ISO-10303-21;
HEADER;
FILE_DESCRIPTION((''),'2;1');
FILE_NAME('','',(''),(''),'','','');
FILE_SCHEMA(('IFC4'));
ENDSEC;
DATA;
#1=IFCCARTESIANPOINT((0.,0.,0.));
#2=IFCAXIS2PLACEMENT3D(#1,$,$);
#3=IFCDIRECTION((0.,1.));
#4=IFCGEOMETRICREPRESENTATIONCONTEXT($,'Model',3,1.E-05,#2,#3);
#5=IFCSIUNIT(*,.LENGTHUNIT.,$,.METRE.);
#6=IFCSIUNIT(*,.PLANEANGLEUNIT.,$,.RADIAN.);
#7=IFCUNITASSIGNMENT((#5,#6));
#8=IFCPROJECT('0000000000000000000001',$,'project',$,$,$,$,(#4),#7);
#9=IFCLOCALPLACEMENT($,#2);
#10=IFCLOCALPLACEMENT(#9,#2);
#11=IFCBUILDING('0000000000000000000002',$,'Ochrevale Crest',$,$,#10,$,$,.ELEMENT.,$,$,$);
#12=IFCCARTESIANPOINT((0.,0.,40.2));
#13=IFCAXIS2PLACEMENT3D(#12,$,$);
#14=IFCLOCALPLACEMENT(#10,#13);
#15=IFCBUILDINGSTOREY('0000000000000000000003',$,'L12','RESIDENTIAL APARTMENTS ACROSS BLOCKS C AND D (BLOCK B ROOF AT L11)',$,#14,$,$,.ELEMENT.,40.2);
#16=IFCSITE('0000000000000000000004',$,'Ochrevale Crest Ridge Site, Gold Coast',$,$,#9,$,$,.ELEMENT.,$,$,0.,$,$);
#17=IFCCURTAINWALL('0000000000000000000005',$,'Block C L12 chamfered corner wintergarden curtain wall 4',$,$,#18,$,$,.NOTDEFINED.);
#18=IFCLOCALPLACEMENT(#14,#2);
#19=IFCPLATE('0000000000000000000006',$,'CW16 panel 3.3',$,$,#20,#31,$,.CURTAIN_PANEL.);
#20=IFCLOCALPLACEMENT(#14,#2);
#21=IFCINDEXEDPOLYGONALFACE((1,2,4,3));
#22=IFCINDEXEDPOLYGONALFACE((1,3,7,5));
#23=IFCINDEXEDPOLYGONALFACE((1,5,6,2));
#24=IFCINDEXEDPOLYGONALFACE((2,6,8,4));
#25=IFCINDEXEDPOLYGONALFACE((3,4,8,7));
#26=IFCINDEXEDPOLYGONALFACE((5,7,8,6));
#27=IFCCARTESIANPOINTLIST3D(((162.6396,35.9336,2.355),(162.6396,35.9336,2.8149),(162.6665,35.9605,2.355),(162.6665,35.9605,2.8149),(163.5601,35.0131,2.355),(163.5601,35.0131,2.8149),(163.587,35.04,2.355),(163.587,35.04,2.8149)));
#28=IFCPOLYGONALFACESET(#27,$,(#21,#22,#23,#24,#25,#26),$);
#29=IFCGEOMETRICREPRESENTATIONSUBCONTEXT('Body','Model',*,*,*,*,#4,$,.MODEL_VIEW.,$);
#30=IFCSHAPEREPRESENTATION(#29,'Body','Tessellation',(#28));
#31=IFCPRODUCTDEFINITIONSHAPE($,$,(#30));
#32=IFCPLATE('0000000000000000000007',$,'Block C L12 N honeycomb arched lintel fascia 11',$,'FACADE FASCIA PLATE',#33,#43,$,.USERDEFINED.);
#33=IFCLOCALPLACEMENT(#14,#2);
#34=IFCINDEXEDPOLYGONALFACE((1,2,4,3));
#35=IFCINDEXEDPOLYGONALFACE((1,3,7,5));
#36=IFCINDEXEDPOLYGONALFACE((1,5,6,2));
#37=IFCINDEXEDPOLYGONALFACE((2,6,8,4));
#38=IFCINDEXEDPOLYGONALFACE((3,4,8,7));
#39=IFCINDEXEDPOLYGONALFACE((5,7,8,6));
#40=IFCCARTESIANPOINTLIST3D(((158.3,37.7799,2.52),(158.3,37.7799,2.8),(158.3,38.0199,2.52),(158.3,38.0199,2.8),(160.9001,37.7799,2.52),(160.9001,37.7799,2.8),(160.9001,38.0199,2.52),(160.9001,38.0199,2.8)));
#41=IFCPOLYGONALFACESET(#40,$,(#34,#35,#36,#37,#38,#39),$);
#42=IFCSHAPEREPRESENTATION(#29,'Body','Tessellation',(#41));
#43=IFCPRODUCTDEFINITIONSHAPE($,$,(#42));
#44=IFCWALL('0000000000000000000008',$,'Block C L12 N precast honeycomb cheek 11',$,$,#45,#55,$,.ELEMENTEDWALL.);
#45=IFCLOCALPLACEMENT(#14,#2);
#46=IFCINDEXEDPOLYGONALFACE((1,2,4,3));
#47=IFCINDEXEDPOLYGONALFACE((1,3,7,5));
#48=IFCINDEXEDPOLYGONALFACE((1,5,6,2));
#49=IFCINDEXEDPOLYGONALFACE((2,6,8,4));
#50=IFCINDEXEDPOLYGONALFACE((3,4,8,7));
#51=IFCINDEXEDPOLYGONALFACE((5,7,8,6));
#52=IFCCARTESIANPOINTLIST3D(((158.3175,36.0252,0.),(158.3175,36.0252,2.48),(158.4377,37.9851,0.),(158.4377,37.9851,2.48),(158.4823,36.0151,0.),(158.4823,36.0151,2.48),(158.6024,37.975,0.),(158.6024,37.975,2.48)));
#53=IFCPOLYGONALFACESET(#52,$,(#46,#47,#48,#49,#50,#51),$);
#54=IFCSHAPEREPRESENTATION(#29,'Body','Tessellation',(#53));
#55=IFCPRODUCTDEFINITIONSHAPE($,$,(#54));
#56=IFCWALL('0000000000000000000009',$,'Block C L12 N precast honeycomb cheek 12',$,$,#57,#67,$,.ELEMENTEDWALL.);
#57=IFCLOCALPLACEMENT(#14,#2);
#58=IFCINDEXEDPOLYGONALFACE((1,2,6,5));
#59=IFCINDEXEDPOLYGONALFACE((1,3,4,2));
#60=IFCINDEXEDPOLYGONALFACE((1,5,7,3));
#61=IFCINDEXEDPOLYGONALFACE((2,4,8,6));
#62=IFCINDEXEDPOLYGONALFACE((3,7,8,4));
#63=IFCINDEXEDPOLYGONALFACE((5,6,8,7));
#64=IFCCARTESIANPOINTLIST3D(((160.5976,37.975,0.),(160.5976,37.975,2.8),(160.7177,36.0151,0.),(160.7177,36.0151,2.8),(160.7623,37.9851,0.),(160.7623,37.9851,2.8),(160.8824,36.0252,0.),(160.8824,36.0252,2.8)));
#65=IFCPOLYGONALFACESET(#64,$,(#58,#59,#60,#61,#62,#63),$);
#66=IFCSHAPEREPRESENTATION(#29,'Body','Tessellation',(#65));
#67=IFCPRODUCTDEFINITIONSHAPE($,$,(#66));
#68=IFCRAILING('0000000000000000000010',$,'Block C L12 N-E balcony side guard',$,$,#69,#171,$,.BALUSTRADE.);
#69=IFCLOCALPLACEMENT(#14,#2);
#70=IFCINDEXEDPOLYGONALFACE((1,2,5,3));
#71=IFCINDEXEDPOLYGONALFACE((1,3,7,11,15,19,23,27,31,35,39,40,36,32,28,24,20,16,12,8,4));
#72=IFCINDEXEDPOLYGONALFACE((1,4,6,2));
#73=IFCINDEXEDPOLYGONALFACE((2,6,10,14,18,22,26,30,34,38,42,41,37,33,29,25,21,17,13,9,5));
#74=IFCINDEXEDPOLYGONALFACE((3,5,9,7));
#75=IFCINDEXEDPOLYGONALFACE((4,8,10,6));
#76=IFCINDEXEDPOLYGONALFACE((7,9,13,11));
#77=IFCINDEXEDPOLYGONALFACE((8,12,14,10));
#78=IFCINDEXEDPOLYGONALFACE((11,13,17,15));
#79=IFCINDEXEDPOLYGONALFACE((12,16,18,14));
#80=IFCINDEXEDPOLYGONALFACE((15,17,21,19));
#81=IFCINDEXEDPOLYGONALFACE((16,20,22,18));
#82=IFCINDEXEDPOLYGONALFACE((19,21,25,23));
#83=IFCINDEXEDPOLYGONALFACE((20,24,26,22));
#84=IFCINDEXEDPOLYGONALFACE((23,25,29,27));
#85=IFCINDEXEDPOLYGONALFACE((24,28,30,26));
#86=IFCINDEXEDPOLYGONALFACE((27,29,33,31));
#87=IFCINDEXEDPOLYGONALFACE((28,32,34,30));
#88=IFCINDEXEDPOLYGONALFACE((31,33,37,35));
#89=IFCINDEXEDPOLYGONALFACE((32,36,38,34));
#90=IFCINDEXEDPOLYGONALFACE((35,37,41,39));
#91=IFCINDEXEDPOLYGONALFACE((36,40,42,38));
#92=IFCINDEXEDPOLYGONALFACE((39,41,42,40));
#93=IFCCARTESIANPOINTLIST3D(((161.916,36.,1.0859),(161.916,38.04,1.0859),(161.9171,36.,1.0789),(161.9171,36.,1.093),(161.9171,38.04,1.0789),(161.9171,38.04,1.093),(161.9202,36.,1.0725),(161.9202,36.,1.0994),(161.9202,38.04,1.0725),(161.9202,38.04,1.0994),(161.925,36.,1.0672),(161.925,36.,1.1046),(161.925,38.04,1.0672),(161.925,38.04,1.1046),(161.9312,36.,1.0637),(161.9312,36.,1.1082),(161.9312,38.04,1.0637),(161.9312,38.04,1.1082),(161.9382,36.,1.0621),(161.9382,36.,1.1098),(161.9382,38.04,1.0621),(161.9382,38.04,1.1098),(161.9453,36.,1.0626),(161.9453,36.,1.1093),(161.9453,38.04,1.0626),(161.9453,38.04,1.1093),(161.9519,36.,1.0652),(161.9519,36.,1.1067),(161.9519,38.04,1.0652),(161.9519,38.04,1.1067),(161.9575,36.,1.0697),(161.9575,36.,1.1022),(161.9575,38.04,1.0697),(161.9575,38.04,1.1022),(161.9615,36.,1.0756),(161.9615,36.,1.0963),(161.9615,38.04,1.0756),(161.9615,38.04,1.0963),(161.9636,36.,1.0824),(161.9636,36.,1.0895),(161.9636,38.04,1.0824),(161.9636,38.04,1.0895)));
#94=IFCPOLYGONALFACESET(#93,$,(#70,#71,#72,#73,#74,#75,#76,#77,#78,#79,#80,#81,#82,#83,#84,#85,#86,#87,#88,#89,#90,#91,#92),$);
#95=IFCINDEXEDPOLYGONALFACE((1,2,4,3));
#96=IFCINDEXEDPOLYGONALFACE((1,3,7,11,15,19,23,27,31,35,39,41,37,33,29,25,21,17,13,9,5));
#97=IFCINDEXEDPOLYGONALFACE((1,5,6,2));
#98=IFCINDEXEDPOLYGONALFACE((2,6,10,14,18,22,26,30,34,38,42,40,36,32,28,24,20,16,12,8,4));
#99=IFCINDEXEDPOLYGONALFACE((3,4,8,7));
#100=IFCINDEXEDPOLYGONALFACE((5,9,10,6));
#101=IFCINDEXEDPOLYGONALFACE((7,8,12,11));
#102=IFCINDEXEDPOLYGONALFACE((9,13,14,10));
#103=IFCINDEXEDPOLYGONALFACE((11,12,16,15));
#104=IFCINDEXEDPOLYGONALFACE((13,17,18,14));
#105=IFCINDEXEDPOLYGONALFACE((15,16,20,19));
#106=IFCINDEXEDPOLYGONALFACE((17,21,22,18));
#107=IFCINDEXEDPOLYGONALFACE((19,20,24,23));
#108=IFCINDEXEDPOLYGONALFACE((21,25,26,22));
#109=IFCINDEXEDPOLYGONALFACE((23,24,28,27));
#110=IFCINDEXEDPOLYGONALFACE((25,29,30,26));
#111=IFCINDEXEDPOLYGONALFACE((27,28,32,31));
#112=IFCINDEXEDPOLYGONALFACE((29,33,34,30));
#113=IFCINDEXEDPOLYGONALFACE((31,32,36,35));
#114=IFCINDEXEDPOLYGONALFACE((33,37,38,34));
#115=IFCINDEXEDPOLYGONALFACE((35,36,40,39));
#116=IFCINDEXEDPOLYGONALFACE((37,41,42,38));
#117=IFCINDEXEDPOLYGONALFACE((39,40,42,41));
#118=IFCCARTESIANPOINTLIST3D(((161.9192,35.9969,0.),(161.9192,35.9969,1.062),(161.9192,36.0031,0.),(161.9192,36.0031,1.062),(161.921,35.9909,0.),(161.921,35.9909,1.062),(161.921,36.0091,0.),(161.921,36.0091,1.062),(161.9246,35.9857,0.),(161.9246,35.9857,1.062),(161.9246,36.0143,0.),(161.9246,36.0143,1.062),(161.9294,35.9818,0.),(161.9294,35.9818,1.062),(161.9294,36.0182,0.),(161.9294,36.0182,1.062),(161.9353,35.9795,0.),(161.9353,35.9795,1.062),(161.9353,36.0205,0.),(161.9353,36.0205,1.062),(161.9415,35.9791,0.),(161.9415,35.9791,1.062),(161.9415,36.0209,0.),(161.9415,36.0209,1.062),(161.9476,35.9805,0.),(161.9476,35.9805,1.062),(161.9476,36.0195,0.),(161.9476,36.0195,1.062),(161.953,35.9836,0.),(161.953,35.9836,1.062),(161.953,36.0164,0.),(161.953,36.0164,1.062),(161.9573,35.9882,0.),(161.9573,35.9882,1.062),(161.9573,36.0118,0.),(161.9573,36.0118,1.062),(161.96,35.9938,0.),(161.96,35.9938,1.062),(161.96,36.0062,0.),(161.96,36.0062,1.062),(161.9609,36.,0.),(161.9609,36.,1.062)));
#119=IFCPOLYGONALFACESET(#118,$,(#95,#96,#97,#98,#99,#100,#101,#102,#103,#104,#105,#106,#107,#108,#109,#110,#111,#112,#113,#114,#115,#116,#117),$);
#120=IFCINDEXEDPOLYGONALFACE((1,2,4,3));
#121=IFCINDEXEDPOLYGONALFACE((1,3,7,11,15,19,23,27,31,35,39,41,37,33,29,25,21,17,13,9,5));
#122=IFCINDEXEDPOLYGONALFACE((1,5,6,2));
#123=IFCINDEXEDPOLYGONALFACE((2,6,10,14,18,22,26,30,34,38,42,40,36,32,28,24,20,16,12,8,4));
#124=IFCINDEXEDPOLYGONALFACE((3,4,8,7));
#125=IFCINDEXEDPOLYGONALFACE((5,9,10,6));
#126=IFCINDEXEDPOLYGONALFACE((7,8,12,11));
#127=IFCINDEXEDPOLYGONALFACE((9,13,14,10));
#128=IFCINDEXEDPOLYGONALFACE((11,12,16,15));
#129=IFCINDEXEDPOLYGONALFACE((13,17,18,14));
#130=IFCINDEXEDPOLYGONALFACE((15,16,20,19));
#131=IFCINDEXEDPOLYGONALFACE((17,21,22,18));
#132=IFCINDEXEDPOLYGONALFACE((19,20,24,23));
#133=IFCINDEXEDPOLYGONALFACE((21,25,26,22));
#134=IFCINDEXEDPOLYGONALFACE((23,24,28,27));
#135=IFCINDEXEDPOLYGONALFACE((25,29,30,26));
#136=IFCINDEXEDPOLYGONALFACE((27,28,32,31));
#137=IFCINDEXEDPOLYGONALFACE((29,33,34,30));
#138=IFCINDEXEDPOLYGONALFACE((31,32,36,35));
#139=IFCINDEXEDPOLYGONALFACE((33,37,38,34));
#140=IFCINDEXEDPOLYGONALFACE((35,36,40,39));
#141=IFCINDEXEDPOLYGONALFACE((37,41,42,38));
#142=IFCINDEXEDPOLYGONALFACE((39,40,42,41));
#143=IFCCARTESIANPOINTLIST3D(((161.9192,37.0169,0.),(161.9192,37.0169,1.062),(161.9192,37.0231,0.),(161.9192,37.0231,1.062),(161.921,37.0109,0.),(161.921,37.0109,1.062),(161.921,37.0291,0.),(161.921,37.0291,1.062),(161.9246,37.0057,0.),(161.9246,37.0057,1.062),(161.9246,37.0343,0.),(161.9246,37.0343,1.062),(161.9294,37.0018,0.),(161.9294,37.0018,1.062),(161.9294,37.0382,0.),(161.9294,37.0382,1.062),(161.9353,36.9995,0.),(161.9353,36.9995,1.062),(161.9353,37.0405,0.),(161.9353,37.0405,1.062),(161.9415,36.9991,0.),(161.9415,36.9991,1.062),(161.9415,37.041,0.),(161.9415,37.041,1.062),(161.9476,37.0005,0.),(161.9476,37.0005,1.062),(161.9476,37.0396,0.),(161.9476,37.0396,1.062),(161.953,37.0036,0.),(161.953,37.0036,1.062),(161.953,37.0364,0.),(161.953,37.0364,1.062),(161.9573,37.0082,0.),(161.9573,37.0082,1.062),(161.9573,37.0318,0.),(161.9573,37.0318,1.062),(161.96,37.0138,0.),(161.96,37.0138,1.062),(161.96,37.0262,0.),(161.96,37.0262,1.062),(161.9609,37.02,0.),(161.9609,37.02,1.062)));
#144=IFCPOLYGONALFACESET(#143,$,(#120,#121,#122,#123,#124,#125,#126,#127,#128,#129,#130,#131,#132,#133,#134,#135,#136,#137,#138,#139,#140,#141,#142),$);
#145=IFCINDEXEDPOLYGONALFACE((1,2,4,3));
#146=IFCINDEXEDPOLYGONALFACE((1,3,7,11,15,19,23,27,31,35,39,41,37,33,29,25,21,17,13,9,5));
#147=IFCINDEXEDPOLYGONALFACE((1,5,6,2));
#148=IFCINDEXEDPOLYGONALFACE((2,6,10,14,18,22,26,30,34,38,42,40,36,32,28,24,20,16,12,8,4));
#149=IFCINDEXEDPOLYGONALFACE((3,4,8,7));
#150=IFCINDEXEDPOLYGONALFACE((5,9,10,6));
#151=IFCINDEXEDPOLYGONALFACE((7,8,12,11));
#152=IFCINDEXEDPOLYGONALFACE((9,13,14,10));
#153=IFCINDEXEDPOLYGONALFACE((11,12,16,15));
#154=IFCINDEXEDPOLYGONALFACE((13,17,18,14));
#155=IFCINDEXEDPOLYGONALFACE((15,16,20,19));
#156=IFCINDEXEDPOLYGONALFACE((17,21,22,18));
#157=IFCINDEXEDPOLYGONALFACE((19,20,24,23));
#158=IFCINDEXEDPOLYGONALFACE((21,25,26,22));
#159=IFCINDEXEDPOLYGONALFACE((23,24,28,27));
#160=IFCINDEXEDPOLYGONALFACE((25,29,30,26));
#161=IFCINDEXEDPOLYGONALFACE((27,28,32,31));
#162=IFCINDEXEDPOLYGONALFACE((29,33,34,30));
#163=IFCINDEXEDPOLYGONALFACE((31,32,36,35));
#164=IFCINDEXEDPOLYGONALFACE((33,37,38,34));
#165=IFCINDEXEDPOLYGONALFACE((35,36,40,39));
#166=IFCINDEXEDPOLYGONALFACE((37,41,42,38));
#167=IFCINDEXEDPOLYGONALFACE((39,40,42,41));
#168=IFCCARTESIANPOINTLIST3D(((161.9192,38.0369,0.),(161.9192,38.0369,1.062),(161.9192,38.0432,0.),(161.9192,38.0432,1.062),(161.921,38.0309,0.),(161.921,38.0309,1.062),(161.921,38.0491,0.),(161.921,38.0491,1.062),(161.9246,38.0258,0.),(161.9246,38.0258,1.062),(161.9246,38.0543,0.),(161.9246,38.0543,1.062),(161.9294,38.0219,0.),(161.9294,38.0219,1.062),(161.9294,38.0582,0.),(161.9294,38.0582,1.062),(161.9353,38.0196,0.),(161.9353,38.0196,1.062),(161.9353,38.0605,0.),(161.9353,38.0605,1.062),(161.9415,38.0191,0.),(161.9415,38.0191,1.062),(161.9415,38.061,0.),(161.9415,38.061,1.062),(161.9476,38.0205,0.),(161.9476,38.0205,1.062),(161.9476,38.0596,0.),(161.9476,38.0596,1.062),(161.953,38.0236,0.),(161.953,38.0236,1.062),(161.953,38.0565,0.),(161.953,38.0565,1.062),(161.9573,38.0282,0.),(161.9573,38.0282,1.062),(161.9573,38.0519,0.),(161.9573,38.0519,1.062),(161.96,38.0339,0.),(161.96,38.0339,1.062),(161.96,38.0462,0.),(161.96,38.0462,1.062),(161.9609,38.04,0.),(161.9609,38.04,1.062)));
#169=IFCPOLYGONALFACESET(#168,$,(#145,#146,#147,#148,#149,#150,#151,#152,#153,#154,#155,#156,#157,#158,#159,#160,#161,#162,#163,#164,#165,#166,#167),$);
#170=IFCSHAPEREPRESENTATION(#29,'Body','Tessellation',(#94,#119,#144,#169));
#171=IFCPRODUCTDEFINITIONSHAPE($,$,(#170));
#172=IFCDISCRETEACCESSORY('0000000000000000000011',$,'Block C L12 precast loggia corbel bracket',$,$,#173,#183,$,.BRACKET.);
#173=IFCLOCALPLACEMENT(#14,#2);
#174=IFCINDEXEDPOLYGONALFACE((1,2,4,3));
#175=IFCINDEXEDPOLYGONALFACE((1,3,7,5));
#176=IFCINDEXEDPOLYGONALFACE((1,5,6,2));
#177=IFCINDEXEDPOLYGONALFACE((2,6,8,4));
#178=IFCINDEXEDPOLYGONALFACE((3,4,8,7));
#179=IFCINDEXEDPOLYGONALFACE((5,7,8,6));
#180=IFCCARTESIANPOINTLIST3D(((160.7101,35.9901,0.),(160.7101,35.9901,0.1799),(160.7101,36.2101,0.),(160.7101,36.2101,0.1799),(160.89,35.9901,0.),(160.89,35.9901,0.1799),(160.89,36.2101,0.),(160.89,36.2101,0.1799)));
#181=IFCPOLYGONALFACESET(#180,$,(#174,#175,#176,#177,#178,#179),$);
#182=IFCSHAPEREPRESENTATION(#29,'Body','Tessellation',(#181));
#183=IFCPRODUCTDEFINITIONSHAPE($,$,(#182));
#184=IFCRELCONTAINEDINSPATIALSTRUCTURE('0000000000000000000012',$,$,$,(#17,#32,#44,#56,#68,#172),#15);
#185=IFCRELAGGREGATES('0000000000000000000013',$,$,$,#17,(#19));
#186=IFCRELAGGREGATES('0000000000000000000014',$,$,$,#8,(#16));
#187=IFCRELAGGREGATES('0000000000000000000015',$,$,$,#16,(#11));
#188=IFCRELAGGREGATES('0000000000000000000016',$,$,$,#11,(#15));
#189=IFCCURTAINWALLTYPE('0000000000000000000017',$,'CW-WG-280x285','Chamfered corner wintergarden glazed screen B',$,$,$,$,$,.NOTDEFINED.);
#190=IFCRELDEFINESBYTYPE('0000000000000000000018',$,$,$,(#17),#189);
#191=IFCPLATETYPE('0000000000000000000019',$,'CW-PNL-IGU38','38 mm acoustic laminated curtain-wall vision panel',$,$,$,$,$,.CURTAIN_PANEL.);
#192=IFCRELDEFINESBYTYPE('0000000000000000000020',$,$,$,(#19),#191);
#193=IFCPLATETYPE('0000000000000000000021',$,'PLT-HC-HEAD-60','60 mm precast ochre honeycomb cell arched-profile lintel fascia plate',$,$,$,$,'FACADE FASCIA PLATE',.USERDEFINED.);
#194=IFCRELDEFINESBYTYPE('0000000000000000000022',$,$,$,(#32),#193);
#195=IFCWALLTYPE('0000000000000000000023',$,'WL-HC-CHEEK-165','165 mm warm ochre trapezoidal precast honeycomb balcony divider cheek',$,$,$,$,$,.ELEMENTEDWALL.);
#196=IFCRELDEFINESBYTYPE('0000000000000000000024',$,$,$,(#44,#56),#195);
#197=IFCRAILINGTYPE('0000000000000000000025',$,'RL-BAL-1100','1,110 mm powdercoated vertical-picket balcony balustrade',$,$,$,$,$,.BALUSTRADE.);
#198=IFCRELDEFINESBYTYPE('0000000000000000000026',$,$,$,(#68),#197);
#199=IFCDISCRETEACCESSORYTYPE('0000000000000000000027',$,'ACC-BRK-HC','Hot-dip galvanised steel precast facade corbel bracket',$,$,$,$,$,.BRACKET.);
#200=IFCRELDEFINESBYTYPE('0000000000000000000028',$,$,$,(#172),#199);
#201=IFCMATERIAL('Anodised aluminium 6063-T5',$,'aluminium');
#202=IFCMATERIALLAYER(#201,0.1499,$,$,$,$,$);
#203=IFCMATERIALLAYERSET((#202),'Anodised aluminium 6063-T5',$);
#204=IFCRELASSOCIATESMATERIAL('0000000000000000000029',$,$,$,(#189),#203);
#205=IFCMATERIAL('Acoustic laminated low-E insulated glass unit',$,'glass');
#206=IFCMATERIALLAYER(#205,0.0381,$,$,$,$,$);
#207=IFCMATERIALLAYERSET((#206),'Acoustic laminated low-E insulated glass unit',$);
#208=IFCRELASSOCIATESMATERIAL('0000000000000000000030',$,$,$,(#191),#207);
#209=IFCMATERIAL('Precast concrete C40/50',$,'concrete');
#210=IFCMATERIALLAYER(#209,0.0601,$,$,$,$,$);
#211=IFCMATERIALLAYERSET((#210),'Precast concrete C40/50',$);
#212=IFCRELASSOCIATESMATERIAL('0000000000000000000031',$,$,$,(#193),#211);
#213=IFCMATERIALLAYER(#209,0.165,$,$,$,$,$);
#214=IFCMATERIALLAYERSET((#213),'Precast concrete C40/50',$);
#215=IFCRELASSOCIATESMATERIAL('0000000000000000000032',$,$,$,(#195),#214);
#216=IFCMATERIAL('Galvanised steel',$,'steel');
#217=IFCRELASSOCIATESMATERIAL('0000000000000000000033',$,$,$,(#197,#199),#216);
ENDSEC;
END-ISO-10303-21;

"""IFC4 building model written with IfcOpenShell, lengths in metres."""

from ifc_helpers import new_model, si_unit, direction, frame, frame_2d, origin, origin_2d, place, context, subcontext, project, spatial, rectangle, circle, extrude, material, layer, layer_set, type_object, element, aggregate, save


model = new_model("IFC4")

# Units and contexts
model_context = context("Model", 3, precision=1e-05, world=origin(), true_north=direction((0.0, 1.0)))
body_context = subcontext(model_context, "Body", "Model", "MODEL_VIEW")
ifc_project = project(units=[si_unit("LENGTHUNIT", "METRE"), si_unit("PLANEANGLEUNIT", "RADIAN")], contexts=[model_context])

# Site, building, storey
site_placement = place(None, origin())
site = spatial("IfcSite", under=ifc_project, at=site_placement, Name="Ochrevale Crest Ridge Site, Gold Coast", CompositionType="ELEMENT", RefElevation=0.0)
building_placement = place(site_placement, origin())
building = spatial("IfcBuilding", under=site, at=building_placement, Name="Ochrevale Crest", CompositionType="ELEMENT")
storey_placement = place(building_placement, frame((0.0, 0.0, 40.2)))
storey = spatial("IfcBuildingStorey", under=building, at=storey_placement, Name="L12", Description="RESIDENTIAL APARTMENTS ACROSS BLOCKS C AND D (BLOCK B ROOF AT L11)", CompositionType="ELEMENT", Elevation=40.2)

# Shared definitions
ifc_material_1 = material(Name="Precast concrete C40/50", Category="concrete")

# Curtain wall, plate
ifc_material_2 = material(Name="Anodised aluminium 6063-T5", Category="aluminium")
ifc_layer_1 = layer(ifc_material_2, 0.1499)
ifc_layer_set_1 = layer_set([ifc_layer_1], Name="Anodised aluminium 6063-T5")
curtain_wall_type = type_object("IfcCurtainWallType", Name="CW-WG-280x285", Description="Chamfered corner wintergarden glazed screen B", PredefinedType="NOTDEFINED", material=ifc_layer_set_1)
curtain_wall_placement = place(storey_placement, origin())
curtain_wall = element("IfcCurtainWall", 1, at=curtain_wall_placement, inside=storey, type_object=curtain_wall_type, Name="Block C L12 chamfered corner wintergarden curtain wall 4", PredefinedType="NOTDEFINED")
ifc_material_3 = material(Name="Acoustic laminated low-E insulated glass unit", Category="glass")
ifc_layer_2 = layer(ifc_material_3, 0.0381)
ifc_layer_set_2 = layer_set([ifc_layer_2], Name="Acoustic laminated low-E insulated glass unit")
plate_type_1 = type_object("IfcPlateType", Name="CW-PNL-IGU38", Description="38 mm acoustic laminated curtain-wall vision panel", PredefinedType="CURTAIN_PANEL", material=ifc_layer_set_2)
plate_1_placement = place(storey_placement, frame((163.1133, 35.4868, 2.355), z_axis=(0.0, 0.0, 1.0), x_axis=(-0.707107, 0.707107, 0.0)))
plate_1 = element("IfcPlate", 2, at=plate_1_placement, type_object=plate_type_1, Name="CW16 panel 3.3", PredefinedType="CURTAIN_PANEL", context=body_context, shape_type="SweptSolid", body=[
    extrude(rectangle(XDim=1.3018, YDim=0.0381, at=origin_2d()), origin(), (0.0, 0.0, 1.0), 0.46),
])
aggregate(curtain_wall, [plate_1])

# Plate
ifc_layer_3 = layer(ifc_material_1, 0.0601)
ifc_layer_set_3 = layer_set([ifc_layer_3], Name="Precast concrete C40/50")
plate_type_2 = type_object("IfcPlateType", Name="PLT-HC-HEAD-60", Description="60 mm precast ochre honeycomb cell arched-profile lintel fascia plate", ElementType="FACADE FASCIA PLATE", PredefinedType="USERDEFINED", material=ifc_layer_set_3)
plate_2_placement = place(storey_placement, frame((159.6001, 37.8999, 2.52), z_axis=(0.0, 0.0, 1.0), x_axis=(1.0, 0.0, 0.0)))
element("IfcPlate", 3, at=plate_2_placement, inside=storey, type_object=plate_type_2, Name="Block C L12 N honeycomb arched lintel fascia 11", ObjectType="FACADE FASCIA PLATE", PredefinedType="USERDEFINED", context=body_context, shape_type="SweptSolid", body=[
    extrude(rectangle(XDim=2.6001, YDim=0.24, at=origin_2d()), origin(), (0.0, 0.0, 1.0), 0.28),
])

# Walls
ifc_layer_4 = layer(ifc_material_1, 0.165)
ifc_layer_set_4 = layer_set([ifc_layer_4], Name="Precast concrete C40/50")
wall_type_1 = type_object("IfcWallType", Name="WL-HC-CHEEK-165", Description="165 mm warm ochre trapezoidal precast honeycomb balcony divider cheek", PredefinedType="ELEMENTEDWALL", material=ifc_layer_set_4)
wall_1_placement = place(storey_placement, frame((158.3999, 36.02, 0.0), z_axis=(0.0, 0.0, 1.0), x_axis=(0.061171, 0.998127, 0.0)))
element("IfcWall", 4, at=wall_1_placement, inside=storey, type_object=wall_type_1, Name="Block C L12 N precast honeycomb cheek 11", PredefinedType="ELEMENTEDWALL", context=body_context, shape_type="SweptSolid", body=[
    extrude(rectangle(XDim=1.9636, YDim=0.165, at=frame_2d((0.9819, 0.0))), origin(), (0.0, 0.0, 1.0), 2.48),
])
wall_2_placement = place(storey_placement, frame((160.8, 36.02, 0.0), z_axis=(0.0, 0.0, 1.0), x_axis=(-0.061171, 0.998127, 0.0)))
element("IfcWall", 5, at=wall_2_placement, inside=storey, type_object=wall_type_1, Name="Block C L12 N precast honeycomb cheek 12", PredefinedType="ELEMENTEDWALL", context=body_context, shape_type="SweptSolid", body=[
    extrude(rectangle(XDim=1.9636, YDim=0.165, at=frame_2d((0.9819, 0.0))), origin(), (0.0, 0.0, 1.0), 2.8),
])

# Railing
ifc_material_4 = material(Name="Galvanised steel", Category="steel")
railing_type = type_object("IfcRailingType", Name="RL-BAL-1100", Description="1,110 mm powdercoated vertical-picket balcony balustrade", PredefinedType="BALUSTRADE", material=ifc_material_4)
railing_placement = place(storey_placement, frame((161.9399, 36.0, 0.0)))
element("IfcRailing", 6, at=railing_placement, inside=storey, type_object=railing_type, Name="Block C L12 N-E balcony side guard", PredefinedType="BALUSTRADE", context=body_context, shape_type="SweptSolid", body=[
    extrude(circle(Radius=0.0239, at=origin_2d()), frame((0.0, 0.0, 1.0859), z_axis=(0.0, 1.0, 0.0), x_axis=(-1.0, 0.0, 0.0)), (0.0, 0.0, 1.0), 2.04),
    extrude(circle(Radius=0.021, at=origin_2d()), origin(), (0.0, 0.0, 1.0), 1.062),
    extrude(circle(Radius=0.021, at=origin_2d()), frame((0.0, 1.02, 0.0)), (0.0, 0.0, 1.0), 1.062),
    extrude(circle(Radius=0.021, at=origin_2d()), frame((0.0, 2.04, 0.0)), (0.0, 0.0, 1.0), 1.062),
])

# Discrete accessory
discrete_accessory_type = type_object("IfcDiscreteAccessoryType", Name="ACC-BRK-HC", Description="Hot-dip galvanised steel precast facade corbel bracket", PredefinedType="BRACKET", material=ifc_material_4)
discrete_accessory_placement = place(storey_placement, frame((160.8, 36.1001, 0.0), z_axis=(0.0, 0.0, 1.0), x_axis=(1.0, 0.0, 0.0)))
element("IfcDiscreteAccessory", 7, at=discrete_accessory_placement, inside=storey, type_object=discrete_accessory_type, Name="Block C L12 precast loggia corbel bracket", PredefinedType="BRACKET", context=body_context, shape_type="SweptSolid", body=[
    extrude(rectangle(XDim=0.1799, YDim=0.22, at=origin_2d()), origin(), (0.0, 0.0, 1.0), 0.1799),
])

save(model, "model.ifc")
